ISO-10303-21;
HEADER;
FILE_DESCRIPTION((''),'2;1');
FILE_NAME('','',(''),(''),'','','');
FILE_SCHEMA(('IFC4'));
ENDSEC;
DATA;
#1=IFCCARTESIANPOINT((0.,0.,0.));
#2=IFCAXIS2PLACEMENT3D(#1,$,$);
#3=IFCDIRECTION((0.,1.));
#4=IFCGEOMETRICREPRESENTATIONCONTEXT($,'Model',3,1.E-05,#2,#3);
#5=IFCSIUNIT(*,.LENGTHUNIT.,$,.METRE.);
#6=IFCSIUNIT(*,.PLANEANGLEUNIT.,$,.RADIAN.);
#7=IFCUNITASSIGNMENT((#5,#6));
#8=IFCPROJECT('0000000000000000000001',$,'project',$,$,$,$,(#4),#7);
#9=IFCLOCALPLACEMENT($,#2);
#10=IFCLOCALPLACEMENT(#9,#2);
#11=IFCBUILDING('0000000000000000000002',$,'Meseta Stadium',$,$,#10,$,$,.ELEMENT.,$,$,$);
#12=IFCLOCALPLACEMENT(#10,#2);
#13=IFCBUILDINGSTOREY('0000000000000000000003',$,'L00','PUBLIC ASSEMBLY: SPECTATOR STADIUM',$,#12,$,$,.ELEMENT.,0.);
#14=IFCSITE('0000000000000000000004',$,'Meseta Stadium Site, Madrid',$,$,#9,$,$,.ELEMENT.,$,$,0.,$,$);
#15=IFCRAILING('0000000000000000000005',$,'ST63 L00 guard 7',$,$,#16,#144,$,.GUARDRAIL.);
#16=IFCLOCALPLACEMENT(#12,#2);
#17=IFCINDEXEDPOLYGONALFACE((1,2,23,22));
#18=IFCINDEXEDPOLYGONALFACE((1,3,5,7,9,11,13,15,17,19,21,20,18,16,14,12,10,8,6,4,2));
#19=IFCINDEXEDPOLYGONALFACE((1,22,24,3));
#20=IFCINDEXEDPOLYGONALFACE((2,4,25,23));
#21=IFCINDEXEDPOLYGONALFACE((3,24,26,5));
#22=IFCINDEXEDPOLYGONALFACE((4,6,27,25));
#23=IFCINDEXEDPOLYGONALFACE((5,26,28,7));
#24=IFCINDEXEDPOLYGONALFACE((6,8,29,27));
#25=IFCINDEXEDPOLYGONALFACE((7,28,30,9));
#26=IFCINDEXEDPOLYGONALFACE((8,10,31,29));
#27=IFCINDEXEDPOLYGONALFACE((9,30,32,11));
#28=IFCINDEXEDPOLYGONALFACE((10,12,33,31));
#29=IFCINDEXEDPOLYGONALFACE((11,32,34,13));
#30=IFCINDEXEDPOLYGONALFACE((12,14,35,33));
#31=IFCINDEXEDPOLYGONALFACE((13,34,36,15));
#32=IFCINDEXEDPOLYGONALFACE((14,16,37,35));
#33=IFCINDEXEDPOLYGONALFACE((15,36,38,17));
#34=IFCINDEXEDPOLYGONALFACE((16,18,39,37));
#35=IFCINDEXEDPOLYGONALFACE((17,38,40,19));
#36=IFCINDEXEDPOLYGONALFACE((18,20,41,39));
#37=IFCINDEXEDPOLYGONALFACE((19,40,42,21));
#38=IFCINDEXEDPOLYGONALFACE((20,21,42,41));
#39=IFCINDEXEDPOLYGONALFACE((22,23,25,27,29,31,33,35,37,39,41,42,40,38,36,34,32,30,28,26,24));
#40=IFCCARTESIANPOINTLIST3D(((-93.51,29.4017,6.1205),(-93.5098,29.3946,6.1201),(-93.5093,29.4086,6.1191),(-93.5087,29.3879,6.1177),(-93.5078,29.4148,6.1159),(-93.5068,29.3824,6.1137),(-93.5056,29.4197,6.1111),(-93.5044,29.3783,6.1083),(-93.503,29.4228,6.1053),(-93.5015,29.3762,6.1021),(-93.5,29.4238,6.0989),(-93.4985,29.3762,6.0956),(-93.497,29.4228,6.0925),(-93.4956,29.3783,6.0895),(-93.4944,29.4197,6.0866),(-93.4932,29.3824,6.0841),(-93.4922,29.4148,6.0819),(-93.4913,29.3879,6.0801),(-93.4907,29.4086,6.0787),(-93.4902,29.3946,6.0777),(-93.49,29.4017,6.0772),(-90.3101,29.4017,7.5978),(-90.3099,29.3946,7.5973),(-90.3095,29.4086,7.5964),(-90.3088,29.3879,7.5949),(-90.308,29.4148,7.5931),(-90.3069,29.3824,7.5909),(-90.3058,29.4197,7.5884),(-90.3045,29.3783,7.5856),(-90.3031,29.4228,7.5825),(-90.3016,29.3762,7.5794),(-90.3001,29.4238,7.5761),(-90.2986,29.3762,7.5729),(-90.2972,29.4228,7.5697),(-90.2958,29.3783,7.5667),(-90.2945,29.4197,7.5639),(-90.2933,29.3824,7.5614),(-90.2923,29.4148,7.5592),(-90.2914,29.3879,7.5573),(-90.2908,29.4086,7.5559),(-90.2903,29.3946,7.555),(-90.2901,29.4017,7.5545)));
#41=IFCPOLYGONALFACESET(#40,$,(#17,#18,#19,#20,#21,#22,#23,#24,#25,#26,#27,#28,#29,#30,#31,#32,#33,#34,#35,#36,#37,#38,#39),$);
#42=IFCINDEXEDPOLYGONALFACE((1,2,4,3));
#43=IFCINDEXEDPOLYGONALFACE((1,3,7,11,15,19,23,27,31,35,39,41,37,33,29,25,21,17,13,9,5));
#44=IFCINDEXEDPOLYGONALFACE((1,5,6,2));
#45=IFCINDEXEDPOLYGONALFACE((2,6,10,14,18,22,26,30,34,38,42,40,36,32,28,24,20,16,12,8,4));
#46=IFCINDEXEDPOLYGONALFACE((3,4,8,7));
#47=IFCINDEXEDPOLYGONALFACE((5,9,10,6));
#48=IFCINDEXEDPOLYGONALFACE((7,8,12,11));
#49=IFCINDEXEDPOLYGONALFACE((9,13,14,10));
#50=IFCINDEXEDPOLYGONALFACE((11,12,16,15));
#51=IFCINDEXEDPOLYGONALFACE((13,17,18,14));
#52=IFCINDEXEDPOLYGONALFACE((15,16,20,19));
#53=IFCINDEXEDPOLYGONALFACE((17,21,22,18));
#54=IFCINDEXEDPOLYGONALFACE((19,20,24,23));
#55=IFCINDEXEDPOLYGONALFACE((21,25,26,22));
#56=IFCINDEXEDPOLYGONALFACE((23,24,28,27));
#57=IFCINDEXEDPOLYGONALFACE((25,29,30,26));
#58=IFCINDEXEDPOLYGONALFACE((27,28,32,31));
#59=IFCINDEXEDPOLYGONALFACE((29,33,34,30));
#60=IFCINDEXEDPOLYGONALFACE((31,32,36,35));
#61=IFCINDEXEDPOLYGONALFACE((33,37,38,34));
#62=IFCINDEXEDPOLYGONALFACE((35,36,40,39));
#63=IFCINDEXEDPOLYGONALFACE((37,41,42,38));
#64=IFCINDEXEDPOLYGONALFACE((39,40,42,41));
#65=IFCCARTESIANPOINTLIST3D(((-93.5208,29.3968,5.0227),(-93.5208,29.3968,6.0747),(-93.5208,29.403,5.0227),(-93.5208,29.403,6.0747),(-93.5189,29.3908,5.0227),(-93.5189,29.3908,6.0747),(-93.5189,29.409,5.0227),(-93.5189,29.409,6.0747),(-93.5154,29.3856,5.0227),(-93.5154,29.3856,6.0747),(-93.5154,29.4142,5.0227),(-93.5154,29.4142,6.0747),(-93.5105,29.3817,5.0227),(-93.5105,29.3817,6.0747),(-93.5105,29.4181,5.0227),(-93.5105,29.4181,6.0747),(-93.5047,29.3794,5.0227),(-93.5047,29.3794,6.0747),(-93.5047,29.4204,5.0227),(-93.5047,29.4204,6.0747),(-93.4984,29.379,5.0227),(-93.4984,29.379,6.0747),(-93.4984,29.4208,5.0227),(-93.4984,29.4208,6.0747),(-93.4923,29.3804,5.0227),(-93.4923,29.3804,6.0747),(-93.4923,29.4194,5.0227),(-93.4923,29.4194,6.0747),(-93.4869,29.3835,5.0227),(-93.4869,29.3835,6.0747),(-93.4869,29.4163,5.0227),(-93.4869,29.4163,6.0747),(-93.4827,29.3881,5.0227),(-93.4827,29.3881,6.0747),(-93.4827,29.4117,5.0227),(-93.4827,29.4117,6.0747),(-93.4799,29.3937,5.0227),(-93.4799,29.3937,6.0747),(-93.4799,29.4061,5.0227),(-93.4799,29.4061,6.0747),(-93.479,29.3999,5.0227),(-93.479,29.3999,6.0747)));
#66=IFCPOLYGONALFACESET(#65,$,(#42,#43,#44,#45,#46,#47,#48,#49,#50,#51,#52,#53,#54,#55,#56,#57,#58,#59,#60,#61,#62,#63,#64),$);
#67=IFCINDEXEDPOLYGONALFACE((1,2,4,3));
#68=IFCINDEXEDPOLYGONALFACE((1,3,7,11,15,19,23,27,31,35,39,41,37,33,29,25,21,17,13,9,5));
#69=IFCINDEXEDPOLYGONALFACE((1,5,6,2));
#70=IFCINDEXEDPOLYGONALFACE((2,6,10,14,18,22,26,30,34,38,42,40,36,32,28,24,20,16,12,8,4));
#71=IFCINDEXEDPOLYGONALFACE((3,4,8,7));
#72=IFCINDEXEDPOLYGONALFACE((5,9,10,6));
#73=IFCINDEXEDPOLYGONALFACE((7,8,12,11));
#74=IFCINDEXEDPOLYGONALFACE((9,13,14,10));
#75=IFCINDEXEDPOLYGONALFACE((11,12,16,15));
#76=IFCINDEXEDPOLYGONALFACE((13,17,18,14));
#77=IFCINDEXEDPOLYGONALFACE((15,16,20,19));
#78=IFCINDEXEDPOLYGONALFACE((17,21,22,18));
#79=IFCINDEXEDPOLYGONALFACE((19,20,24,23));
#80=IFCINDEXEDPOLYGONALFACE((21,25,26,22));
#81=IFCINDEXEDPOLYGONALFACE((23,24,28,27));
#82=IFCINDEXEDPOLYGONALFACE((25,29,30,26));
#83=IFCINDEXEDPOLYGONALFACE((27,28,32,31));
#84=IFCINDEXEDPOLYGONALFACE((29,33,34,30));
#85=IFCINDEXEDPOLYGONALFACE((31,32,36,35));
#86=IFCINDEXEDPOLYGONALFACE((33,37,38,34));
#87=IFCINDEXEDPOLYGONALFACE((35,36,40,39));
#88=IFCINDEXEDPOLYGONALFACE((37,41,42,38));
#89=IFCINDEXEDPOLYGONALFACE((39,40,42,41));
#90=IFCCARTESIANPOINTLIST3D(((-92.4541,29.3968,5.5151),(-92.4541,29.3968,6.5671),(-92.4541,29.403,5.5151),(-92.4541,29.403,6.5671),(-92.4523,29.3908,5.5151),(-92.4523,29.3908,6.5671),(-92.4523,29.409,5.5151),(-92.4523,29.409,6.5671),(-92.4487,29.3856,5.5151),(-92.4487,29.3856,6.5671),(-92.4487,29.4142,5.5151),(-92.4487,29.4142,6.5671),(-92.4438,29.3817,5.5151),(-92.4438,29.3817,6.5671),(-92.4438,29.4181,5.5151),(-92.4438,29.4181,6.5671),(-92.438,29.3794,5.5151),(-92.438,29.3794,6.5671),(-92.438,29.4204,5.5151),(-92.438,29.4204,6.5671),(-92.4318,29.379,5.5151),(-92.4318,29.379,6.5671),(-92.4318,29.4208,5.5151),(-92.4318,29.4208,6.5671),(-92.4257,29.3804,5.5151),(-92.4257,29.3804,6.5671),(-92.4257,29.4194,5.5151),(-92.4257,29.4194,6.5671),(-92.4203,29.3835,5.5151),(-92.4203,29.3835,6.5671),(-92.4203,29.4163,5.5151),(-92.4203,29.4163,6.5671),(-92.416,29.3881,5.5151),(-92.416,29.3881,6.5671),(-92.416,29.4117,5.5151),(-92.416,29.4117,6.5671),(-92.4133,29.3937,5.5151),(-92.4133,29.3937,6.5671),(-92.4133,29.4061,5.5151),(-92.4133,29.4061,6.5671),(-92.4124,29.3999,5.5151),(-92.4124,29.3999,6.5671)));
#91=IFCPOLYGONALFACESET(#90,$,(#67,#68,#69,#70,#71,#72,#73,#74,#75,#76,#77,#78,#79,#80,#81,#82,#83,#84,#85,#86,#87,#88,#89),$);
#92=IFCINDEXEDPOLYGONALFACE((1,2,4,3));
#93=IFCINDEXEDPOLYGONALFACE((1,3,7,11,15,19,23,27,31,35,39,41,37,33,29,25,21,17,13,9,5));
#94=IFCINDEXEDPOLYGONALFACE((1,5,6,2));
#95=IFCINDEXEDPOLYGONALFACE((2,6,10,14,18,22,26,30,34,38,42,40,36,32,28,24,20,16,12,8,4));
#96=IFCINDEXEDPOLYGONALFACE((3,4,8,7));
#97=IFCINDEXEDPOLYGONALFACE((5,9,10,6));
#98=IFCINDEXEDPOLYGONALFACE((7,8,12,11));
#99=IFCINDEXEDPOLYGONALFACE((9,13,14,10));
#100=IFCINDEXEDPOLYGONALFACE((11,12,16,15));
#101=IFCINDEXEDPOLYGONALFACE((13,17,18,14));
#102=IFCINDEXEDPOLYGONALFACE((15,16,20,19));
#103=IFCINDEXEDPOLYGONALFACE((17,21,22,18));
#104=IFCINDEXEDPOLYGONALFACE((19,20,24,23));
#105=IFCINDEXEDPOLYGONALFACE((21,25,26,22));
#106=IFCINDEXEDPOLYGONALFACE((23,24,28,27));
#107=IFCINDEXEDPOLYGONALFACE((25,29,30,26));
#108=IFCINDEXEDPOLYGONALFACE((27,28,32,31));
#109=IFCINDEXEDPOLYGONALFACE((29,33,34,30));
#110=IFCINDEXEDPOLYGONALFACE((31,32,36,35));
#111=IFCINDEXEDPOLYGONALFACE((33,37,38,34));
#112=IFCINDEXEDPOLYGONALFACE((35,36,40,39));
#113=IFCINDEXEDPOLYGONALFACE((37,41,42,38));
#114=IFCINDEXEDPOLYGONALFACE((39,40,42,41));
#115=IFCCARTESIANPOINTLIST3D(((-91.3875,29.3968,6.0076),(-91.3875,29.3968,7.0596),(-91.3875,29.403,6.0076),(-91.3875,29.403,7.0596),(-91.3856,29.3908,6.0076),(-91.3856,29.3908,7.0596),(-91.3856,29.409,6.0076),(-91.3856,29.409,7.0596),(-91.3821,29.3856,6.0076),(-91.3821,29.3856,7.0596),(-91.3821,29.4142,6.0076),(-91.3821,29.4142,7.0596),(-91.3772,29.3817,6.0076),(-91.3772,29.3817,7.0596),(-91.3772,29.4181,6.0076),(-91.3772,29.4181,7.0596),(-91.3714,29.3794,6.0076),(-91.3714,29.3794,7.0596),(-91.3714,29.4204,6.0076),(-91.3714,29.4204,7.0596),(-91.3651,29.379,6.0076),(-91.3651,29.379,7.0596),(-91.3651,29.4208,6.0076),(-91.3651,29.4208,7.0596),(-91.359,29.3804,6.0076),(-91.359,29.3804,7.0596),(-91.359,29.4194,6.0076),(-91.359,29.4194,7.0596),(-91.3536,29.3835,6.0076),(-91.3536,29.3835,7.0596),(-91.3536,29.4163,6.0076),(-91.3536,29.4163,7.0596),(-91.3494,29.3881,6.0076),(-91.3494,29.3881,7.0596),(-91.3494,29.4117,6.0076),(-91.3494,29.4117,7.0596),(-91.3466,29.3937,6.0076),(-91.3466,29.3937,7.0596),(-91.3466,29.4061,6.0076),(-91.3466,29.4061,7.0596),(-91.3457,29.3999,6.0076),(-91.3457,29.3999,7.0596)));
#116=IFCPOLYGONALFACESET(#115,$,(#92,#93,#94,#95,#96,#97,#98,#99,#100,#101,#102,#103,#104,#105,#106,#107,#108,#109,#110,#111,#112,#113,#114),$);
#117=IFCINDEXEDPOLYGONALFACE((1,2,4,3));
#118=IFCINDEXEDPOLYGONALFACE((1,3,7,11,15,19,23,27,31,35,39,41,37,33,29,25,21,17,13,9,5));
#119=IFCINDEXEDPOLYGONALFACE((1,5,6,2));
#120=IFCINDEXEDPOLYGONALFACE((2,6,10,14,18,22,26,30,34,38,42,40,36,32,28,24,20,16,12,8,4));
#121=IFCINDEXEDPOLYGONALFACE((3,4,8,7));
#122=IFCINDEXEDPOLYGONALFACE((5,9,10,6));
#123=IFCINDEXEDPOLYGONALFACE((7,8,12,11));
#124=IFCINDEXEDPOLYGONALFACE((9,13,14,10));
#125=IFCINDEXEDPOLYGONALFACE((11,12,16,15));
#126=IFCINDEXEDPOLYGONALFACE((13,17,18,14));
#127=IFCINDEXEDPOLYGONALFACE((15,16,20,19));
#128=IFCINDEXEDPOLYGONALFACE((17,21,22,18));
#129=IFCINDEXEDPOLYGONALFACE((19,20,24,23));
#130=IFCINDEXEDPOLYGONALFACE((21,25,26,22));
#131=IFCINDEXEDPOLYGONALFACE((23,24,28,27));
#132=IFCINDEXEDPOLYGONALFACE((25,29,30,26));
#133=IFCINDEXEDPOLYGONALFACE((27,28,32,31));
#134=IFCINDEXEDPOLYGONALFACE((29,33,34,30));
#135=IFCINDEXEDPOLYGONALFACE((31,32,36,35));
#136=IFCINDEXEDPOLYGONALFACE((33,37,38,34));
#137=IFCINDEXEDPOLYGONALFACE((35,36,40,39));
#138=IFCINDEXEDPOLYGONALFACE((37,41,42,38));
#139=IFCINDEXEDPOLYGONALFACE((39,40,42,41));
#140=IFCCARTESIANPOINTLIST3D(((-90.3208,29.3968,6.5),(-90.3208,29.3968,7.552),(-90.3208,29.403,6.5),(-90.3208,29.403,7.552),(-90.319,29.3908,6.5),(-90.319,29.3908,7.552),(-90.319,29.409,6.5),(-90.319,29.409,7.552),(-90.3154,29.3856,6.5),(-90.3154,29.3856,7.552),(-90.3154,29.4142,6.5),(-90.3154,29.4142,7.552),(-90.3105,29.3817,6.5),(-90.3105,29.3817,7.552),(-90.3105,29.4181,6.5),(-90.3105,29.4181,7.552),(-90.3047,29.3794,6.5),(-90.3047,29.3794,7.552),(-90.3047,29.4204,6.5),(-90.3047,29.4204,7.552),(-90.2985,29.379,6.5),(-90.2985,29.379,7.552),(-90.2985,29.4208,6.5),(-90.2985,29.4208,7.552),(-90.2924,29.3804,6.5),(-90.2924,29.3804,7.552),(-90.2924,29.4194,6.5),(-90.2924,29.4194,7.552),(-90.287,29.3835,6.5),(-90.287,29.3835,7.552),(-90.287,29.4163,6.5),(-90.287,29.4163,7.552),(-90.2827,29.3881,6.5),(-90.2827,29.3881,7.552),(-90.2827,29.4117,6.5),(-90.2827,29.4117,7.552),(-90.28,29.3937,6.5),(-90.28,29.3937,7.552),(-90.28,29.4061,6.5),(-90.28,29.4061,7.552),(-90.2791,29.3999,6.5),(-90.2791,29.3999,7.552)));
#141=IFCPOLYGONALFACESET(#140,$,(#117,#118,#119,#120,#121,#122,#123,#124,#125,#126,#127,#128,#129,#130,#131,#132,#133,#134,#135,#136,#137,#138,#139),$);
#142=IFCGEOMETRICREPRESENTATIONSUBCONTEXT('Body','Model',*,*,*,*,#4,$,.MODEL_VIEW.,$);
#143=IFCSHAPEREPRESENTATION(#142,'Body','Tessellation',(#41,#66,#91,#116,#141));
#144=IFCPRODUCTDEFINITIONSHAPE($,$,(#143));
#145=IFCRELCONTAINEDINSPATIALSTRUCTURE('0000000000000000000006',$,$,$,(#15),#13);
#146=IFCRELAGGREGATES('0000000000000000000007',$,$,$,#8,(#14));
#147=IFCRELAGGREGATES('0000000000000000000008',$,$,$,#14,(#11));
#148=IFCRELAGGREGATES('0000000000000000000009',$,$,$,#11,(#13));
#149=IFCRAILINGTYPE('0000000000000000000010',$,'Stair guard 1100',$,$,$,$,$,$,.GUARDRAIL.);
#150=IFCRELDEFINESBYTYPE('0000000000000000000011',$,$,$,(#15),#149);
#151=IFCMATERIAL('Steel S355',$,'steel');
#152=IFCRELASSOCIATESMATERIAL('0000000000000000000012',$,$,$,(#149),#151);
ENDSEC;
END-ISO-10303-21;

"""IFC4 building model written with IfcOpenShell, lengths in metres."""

from ifc_helpers import new_model, si_unit, direction, frame, origin, origin_2d, place, context, subcontext, project, spatial, circle, extrude, material, type_object, element, save


model = new_model("IFC4")

# Units and contexts
model_context = context("Model", 3, precision=1e-05, world=origin(), true_north=direction((0.0, 1.0)))
body_context = subcontext(model_context, "Body", "Model", "MODEL_VIEW")
ifc_project = project(units=[si_unit("LENGTHUNIT", "METRE"), si_unit("PLANEANGLEUNIT", "RADIAN")], contexts=[model_context])

# Site, building, storey
site_placement = place(None, origin())
site = spatial("IfcSite", under=ifc_project, at=site_placement, Name="Meseta Stadium Site, Madrid", CompositionType="ELEMENT", RefElevation=0.0)
building_placement = place(site_placement, origin())
building = spatial("IfcBuilding", under=site, at=building_placement, Name="Meseta Stadium", CompositionType="ELEMENT")
storey_placement = place(building_placement, origin())
storey = spatial("IfcBuildingStorey", under=building, at=storey_placement, Name="L00", Description="PUBLIC ASSEMBLY: SPECTATOR STADIUM", CompositionType="ELEMENT", Elevation=0.0)

# Railing
ifc_material_1 = material(Name="Steel S355", Category="steel")
railing_type_1 = type_object("IfcRailingType", Name="Stair guard 1100", PredefinedType="GUARDRAIL", material=ifc_material_1)
railing_1_placement = place(storey_placement, frame((-93.5, 29.3999, 5.0227)))
element("IfcRailing", 1, at=railing_1_placement, inside=storey, type_object=railing_type_1, Name="ST63 L00 guard 7", PredefinedType="GUARDRAIL", context=body_context, shape_type="SweptSolid", body=[
    extrude(circle(Radius=0.0239, at=origin_2d()), frame((0.0, 0.0, 1.0762), z_axis=(0.907917, 0.0, 0.41915), x_axis=(0.0, 1.0, 0.0)), (0.0, 0.0, 1.0), 3.5244),
    extrude(circle(Radius=0.021, at=origin_2d()), origin(), (0.0, 0.0, 1.0), 1.052),
    extrude(circle(Radius=0.021, at=origin_2d()), frame((1.0667, 0.0, 0.4924)), (0.0, 0.0, 1.0), 1.052),
    extrude(circle(Radius=0.021, at=origin_2d()), frame((2.1333, 0.0, 0.9849)), (0.0, 0.0, 1.0), 1.052),
    extrude(circle(Radius=0.021, at=origin_2d()), frame((3.2, 0.0, 1.4773)), (0.0, 0.0, 1.0), 1.052),
])

save(model, "model.ifc")
